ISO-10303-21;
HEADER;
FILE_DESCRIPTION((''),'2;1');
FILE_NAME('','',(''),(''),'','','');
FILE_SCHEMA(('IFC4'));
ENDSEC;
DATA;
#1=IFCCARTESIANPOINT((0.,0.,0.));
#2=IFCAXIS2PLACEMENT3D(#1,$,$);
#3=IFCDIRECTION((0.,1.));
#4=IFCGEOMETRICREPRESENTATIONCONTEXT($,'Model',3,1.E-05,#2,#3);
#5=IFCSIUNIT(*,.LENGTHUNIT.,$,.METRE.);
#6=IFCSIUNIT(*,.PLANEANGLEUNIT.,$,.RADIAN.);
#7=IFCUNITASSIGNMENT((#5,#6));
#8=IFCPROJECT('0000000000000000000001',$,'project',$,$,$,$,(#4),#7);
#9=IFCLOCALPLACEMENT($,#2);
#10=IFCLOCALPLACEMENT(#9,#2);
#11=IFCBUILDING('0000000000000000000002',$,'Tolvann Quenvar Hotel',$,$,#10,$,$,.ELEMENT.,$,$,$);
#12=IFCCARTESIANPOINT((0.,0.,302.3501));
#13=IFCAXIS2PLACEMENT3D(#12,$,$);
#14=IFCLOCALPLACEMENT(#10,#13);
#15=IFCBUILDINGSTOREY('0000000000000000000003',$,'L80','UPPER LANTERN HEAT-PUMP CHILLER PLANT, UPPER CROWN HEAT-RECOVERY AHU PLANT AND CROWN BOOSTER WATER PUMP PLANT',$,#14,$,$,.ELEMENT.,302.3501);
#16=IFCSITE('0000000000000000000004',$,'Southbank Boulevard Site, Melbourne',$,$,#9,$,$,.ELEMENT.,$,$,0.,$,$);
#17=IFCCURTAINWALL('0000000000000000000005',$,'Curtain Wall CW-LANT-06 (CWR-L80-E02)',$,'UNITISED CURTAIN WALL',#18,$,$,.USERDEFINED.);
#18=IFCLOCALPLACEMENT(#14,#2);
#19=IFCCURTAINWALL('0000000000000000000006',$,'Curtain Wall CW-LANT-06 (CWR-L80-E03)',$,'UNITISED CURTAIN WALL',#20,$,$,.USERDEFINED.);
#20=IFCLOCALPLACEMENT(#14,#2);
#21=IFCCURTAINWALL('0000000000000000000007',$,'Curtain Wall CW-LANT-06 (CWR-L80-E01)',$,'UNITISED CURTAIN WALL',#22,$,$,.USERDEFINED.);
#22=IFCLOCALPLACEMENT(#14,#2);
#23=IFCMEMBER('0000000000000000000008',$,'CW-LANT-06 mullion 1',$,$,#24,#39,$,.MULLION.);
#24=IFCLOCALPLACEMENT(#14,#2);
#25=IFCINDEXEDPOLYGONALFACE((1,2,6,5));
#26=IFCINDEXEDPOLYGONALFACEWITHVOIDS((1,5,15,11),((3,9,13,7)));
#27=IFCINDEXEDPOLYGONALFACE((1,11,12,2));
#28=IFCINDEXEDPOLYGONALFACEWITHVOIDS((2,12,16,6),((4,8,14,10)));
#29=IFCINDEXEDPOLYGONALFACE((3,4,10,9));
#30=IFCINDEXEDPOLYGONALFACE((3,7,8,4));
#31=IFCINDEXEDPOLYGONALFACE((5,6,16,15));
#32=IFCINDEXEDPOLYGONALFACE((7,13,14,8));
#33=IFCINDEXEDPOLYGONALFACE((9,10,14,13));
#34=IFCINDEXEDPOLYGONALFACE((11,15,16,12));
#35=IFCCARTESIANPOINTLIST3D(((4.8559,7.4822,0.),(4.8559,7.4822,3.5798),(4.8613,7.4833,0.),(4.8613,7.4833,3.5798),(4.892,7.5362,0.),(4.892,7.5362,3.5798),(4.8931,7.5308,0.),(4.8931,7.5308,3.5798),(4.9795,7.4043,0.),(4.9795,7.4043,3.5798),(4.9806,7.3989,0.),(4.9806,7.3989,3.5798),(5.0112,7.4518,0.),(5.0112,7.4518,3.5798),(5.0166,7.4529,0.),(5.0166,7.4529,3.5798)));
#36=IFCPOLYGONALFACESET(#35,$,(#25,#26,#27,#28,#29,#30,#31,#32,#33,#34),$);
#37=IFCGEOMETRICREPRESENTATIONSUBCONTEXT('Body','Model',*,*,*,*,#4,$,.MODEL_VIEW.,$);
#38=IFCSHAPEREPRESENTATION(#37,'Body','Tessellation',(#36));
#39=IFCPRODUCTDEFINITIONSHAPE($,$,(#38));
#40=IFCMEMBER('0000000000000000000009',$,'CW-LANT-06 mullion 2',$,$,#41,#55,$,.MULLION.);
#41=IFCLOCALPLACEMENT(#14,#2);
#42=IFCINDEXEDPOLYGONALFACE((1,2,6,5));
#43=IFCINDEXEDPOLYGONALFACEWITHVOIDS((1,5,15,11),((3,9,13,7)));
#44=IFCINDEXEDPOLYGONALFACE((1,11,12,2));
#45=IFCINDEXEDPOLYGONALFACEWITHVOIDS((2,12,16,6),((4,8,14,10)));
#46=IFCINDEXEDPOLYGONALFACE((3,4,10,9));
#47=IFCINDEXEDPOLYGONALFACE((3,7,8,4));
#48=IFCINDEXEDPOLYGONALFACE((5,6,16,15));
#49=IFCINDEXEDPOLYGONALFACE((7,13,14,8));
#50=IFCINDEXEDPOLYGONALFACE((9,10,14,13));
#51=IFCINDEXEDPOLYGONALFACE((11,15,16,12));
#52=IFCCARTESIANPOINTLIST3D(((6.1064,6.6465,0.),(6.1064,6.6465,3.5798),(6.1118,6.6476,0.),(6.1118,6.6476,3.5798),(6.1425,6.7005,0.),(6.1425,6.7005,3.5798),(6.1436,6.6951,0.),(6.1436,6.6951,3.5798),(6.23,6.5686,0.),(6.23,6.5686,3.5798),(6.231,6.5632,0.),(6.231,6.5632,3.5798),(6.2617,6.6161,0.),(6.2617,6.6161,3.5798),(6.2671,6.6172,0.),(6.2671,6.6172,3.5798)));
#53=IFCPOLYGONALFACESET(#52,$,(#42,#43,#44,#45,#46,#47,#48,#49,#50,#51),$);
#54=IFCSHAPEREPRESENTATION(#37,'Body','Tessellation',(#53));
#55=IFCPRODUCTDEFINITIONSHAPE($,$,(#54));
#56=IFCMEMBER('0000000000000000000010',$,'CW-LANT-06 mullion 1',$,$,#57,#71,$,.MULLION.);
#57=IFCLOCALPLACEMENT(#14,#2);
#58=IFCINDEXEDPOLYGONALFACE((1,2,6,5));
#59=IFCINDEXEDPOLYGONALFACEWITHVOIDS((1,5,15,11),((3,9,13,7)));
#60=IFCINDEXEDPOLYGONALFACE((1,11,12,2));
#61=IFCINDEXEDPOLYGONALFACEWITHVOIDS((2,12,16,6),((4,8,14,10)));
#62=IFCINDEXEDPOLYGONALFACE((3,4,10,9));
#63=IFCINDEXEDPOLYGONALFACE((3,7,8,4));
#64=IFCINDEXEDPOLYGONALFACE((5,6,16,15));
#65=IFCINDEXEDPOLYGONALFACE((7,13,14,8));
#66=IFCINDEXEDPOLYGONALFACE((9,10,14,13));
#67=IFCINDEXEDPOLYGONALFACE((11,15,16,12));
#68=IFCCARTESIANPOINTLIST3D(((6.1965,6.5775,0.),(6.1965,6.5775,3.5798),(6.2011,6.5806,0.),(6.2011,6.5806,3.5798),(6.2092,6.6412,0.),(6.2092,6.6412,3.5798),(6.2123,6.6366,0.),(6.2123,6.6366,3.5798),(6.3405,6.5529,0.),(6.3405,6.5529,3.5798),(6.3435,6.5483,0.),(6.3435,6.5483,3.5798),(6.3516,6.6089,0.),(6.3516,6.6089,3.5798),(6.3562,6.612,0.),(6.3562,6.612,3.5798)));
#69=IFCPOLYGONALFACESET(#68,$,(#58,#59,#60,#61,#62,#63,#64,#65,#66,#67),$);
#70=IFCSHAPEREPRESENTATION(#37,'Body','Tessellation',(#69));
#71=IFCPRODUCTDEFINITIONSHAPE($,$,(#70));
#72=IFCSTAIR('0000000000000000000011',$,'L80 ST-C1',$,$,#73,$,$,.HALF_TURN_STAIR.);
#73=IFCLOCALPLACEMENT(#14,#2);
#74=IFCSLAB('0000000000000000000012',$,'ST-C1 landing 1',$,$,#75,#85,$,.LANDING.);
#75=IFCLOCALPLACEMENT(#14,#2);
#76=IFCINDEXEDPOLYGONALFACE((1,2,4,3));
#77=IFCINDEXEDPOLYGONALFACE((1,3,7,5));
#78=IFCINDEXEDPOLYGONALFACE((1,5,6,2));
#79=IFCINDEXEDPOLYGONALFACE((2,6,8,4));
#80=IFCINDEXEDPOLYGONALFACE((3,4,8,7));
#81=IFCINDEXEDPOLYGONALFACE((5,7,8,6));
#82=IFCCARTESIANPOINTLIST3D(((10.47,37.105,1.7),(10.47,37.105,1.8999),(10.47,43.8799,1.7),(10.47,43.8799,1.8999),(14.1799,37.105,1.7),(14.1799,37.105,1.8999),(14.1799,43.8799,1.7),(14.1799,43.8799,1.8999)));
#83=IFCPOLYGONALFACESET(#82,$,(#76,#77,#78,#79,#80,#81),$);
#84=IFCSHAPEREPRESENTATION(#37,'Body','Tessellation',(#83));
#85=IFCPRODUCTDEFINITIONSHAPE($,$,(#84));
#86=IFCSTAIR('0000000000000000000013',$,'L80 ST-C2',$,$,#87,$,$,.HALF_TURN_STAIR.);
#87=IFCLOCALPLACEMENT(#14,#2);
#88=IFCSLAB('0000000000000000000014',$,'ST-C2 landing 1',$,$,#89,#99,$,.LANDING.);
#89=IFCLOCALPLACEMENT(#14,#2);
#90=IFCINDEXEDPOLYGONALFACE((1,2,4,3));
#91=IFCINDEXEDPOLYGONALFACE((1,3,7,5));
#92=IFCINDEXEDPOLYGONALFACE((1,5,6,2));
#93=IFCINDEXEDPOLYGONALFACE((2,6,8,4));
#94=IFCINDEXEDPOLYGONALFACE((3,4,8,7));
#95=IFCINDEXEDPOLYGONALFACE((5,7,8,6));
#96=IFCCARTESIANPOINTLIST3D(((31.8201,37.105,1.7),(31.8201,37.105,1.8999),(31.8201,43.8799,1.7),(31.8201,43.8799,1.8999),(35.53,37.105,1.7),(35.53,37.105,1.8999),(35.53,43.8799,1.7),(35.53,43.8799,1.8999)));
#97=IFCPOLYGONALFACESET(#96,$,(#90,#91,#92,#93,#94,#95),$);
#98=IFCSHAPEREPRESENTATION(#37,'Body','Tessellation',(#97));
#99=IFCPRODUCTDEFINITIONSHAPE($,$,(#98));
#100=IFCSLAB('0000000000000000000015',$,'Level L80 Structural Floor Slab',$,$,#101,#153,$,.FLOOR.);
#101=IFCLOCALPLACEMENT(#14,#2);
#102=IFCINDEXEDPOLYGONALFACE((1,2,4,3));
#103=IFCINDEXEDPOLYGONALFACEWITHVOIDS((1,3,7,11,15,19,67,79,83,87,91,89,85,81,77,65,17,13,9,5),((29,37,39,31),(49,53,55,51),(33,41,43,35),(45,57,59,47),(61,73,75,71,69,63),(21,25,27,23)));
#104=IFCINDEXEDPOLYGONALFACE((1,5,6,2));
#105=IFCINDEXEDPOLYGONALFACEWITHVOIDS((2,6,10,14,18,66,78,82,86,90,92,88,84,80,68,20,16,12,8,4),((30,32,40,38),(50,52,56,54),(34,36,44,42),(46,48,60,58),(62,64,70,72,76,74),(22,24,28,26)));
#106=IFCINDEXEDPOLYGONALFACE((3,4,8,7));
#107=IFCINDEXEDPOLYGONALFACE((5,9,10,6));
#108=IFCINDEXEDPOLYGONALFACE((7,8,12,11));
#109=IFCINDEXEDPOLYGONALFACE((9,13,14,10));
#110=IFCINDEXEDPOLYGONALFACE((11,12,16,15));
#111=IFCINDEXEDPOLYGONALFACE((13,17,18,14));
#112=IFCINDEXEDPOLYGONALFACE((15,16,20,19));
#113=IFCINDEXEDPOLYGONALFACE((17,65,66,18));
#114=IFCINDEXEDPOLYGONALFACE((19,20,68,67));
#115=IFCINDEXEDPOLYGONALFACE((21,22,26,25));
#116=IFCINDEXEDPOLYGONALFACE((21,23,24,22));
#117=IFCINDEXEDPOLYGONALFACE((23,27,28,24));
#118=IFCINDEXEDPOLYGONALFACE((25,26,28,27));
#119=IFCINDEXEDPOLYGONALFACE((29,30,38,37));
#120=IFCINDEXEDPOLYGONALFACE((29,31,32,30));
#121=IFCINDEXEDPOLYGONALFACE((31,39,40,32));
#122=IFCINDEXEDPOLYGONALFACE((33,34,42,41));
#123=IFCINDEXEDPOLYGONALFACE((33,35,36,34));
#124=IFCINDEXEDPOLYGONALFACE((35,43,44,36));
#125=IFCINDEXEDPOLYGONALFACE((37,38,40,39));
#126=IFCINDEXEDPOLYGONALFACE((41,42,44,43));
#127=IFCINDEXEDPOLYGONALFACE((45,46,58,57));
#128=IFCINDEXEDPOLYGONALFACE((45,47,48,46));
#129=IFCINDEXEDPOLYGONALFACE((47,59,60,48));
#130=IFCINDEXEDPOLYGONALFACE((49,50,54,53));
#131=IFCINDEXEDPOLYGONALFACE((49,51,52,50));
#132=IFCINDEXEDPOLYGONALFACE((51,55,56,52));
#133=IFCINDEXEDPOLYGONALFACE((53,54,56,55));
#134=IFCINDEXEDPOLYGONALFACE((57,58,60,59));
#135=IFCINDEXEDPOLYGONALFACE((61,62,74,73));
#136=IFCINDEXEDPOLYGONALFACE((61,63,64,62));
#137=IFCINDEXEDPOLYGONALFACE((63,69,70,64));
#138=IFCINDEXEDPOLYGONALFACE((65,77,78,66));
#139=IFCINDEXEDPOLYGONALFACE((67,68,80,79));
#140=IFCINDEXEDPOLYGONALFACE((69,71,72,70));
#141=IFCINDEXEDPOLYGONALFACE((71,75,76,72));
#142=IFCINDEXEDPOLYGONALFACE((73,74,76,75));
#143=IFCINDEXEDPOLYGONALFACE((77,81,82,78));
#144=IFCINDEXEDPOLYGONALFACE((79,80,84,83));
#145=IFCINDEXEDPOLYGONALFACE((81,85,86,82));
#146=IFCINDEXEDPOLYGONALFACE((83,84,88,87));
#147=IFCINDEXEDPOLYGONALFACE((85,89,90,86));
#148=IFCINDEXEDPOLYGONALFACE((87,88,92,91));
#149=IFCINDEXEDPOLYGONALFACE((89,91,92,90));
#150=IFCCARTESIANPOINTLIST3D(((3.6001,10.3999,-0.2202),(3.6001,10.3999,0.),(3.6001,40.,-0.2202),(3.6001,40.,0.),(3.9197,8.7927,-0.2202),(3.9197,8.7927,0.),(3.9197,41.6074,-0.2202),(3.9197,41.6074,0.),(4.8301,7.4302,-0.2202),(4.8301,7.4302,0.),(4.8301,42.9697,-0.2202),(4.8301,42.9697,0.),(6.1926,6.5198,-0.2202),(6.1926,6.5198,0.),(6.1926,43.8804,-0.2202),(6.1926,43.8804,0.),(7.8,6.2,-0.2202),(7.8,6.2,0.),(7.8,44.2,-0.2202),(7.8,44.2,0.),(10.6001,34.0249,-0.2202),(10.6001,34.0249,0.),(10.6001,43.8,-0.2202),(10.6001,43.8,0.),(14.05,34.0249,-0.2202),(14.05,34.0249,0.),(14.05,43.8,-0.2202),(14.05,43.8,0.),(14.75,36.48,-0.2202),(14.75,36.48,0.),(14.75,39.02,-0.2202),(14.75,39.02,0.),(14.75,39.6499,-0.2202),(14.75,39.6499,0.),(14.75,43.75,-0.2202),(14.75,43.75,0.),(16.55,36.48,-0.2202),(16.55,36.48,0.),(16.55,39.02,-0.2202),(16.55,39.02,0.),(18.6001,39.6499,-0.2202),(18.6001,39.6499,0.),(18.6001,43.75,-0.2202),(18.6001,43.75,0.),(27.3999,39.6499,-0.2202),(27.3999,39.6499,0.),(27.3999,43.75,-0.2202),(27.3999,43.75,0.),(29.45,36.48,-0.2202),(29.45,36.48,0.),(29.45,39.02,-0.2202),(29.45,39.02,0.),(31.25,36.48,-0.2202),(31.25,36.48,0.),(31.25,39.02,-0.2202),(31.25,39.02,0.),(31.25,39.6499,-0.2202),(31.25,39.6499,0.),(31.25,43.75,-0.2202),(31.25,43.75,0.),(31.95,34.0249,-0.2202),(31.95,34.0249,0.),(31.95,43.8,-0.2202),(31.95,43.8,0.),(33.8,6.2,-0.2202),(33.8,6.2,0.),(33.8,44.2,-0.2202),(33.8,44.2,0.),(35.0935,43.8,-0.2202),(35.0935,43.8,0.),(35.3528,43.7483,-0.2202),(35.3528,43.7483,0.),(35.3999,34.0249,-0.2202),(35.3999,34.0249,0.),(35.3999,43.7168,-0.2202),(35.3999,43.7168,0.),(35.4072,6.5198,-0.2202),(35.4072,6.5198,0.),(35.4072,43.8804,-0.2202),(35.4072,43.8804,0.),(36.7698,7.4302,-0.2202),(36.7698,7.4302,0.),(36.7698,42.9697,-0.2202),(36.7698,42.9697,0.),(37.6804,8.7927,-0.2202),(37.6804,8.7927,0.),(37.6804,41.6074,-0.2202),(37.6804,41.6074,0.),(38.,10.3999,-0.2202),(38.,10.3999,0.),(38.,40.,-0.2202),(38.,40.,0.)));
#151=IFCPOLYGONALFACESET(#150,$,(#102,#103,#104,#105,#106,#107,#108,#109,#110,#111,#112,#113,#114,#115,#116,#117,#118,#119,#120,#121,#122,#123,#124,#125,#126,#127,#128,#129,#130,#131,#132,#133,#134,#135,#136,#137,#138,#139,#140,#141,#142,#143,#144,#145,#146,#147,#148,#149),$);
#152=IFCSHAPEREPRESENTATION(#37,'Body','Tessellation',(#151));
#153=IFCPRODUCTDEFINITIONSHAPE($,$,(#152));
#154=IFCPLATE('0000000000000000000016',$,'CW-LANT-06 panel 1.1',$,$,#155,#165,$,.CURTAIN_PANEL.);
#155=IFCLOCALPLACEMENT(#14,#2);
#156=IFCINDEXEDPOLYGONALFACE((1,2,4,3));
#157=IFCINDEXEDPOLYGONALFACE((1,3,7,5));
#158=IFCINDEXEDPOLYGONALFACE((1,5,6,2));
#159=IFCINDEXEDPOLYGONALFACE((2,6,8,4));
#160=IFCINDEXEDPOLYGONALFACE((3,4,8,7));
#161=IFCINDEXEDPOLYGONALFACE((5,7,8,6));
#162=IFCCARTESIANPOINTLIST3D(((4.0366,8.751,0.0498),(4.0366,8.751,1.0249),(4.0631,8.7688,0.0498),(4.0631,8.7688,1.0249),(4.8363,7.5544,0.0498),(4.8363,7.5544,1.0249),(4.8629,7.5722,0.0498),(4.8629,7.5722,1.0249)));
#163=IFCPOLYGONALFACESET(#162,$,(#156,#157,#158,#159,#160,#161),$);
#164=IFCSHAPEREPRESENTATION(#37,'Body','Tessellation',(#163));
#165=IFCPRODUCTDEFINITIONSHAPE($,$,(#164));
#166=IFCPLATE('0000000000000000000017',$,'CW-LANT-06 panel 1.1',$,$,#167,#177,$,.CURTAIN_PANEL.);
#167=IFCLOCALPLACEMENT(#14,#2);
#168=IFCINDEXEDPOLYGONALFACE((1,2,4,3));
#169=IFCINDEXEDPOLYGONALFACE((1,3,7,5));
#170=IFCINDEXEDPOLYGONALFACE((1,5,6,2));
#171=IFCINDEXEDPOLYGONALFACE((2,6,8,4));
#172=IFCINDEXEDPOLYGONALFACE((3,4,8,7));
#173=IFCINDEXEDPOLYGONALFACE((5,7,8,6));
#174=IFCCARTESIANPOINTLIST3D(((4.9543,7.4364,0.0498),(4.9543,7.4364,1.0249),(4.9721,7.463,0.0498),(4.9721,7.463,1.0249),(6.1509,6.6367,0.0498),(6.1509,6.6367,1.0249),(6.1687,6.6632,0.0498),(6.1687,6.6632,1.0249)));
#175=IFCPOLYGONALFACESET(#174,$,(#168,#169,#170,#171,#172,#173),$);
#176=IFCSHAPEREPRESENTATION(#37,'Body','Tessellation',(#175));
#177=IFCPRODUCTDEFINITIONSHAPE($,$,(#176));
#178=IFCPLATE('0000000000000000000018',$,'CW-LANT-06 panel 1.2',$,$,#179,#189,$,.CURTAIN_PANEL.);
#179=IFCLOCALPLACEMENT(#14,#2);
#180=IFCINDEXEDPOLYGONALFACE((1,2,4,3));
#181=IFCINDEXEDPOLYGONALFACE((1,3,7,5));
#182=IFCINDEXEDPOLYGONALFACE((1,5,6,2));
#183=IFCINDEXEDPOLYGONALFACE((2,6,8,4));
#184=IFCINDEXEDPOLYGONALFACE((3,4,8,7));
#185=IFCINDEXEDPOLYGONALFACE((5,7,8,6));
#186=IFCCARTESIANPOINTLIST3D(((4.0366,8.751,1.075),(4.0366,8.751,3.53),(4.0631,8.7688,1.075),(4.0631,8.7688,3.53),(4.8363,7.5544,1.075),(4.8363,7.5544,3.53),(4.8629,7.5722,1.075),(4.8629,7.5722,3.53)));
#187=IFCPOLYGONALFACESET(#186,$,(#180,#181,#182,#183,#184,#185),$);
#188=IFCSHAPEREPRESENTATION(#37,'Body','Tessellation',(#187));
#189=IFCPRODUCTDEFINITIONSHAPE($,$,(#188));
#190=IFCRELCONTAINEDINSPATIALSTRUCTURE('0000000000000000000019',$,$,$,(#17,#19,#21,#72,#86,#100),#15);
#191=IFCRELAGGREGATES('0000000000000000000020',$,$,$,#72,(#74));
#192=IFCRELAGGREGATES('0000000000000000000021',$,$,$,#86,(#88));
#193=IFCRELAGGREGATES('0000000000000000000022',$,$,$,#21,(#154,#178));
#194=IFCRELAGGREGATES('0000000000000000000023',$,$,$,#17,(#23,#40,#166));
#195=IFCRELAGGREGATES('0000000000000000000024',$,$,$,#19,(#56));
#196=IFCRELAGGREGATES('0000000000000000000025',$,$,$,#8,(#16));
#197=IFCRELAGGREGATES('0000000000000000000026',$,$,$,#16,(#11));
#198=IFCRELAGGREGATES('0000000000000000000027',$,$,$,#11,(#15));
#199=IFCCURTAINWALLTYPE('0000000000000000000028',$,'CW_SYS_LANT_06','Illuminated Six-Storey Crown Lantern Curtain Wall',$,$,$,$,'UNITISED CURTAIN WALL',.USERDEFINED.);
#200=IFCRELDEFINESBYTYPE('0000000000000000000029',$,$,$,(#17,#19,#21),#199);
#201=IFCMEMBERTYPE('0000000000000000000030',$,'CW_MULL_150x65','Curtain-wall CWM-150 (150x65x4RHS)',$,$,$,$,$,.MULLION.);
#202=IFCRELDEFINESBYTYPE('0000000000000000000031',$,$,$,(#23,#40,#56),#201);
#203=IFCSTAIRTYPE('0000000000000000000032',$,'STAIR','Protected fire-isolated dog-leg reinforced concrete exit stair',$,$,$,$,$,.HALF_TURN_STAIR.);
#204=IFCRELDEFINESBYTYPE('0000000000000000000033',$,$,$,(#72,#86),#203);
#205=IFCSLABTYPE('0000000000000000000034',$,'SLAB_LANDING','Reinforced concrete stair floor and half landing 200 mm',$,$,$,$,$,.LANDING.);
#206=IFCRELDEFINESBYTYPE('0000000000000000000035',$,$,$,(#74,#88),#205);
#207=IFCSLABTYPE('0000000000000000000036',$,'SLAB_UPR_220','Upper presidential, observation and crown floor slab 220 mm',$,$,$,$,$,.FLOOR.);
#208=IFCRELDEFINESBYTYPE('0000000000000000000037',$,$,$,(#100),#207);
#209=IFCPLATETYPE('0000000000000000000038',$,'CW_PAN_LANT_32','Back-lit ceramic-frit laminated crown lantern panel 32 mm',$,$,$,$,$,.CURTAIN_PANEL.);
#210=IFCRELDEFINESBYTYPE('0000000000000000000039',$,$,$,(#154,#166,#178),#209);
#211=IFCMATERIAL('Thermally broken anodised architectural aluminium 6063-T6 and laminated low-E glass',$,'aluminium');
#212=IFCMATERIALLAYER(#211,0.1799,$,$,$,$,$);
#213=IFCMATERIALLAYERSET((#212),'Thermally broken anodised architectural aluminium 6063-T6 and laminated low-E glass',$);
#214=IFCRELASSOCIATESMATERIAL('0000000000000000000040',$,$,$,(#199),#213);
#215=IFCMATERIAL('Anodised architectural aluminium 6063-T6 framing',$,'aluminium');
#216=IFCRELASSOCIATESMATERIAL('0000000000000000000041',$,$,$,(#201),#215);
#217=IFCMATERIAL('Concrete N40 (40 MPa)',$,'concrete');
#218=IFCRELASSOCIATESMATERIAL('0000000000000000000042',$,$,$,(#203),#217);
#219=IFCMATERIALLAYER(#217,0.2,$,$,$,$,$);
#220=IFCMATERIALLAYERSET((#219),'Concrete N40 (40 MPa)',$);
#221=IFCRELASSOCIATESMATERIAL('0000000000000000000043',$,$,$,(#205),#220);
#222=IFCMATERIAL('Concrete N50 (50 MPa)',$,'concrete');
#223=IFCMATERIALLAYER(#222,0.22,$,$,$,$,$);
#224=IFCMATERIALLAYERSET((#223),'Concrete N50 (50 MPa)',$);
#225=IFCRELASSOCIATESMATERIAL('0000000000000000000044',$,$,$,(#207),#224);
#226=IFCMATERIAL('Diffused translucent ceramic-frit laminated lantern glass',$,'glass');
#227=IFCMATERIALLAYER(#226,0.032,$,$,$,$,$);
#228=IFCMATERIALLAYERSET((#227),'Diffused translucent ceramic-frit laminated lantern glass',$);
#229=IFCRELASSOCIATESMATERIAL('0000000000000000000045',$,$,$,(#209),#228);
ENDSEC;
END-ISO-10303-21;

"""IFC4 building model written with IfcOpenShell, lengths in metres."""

from ifc_helpers import new_model, si_unit, direction, frame, origin, origin_2d, place, context, subcontext, project, spatial, polyline, rectangle, hollow_rectangle, outline, extrude, source, transform, mapped, material, layer, layer_set, material_profile, profile_set, type_object, type_shapes, element, aggregate, save


model = new_model("IFC4")

# Units and contexts
model_context = context("Model", 3, precision=1e-05, world=origin(), true_north=direction((0.0, 1.0)))
body_context = subcontext(model_context, "Body", "Model", "MODEL_VIEW")
ifc_project = project(units=[si_unit("LENGTHUNIT", "METRE"), si_unit("PLANEANGLEUNIT", "RADIAN")], contexts=[model_context])

# Site, building, storey
site_placement = place(None, origin())
site = spatial("IfcSite", under=ifc_project, at=site_placement, Name="Southbank Boulevard Site, Melbourne", CompositionType="ELEMENT", RefElevation=0.0)
building_placement = place(site_placement, origin())
building = spatial("IfcBuilding", under=site, at=building_placement, Name="Tolvann Quenvar Hotel", CompositionType="ELEMENT")
storey_placement = place(building_placement, frame((0.0, 0.0, 302.3501)))
storey = spatial("IfcBuildingStorey", under=building, at=storey_placement, Name="L80", Description="UPPER LANTERN HEAT-PUMP CHILLER PLANT, UPPER CROWN HEAT-RECOVERY AHU PLANT AND CROWN BOOSTER WATER PUMP PLANT", CompositionType="ELEMENT", Elevation=302.3501)

# Curtain walls
ifc_material_1 = material(Name="Thermally broken anodised architectural aluminium 6063-T6 and laminated low-E glass", Category="aluminium")
ifc_layer_1 = layer(ifc_material_1, 0.1799)
ifc_layer_set_1 = layer_set([ifc_layer_1], Name="Thermally broken anodised architectural aluminium 6063-T6 and laminated low-E glass")
curtain_wall_type = type_object("IfcCurtainWallType", Name="CW_SYS_LANT_06", Description="Illuminated Six-Storey Crown Lantern Curtain Wall", ElementType="UNITISED CURTAIN WALL", PredefinedType="USERDEFINED", material=ifc_layer_set_1)
curtain_wall_1_placement = place(storey_placement, origin())
curtain_wall_1 = element("IfcCurtainWall", 1, at=curtain_wall_1_placement, inside=storey, type_object=curtain_wall_type, Name="Curtain Wall CW-LANT-06 (CWR-L80-E02)", ObjectType="UNITISED CURTAIN WALL", PredefinedType="USERDEFINED")
ifc_material_2 = material(Name="Anodised architectural aluminium 6063-T6 framing", Category="aluminium")
curtain_wall_2_placement = place(storey_placement, origin())
curtain_wall_2 = element("IfcCurtainWall", 2, at=curtain_wall_2_placement, inside=storey, type_object=curtain_wall_type, Name="Curtain Wall CW-LANT-06 (CWR-L80-E03)", ObjectType="UNITISED CURTAIN WALL", PredefinedType="USERDEFINED")

# Curtain wall
curtain_wall_3_placement = place(storey_placement, origin())
curtain_wall_3 = element("IfcCurtainWall", 3, at=curtain_wall_3_placement, inside=storey, type_object=curtain_wall_type, Name="Curtain Wall CW-LANT-06 (CWR-L80-E01)", ObjectType="UNITISED CURTAIN WALL", PredefinedType="USERDEFINED")
ifc_material_profile_1 = material_profile(ifc_material_2, hollow_rectangle(XDim=0.0649, YDim=0.1499, WallThickness=0.0039, at=origin_2d()), Name="150x65x4RHS")
ifc_profile_set_1 = profile_set([ifc_material_profile_1], Name="Anodised architectural aluminium 6063-T6 framing")
member_type_1 = type_object("IfcMemberType", Name="CW_MULL_150x65", Description="Curtain-wall CWM-150 (150x65x4RHS)", PredefinedType="MULLION", material=ifc_profile_set_1)
shared_shape_1 = source(origin(), body_context, "Body", "SweptSolid", [
    extrude(hollow_rectangle(XDim=0.0649, YDim=0.1499, WallThickness=0.0039, at=origin_2d()), origin(), (0.0, 0.0, 1.0), 3.5798),
])
type_shapes(member_type_1, [shared_shape_1])

# Members
member_1_placement = place(storey_placement, frame((4.9363, 7.4675, 0.0), z_axis=(0.0, 0.0, 1.0), x_axis=(0.555656, 0.831412, 0.0)))
member_1 = element("IfcMember", 4, at=member_1_placement, type_object=member_type_1, Name="CW-LANT-06 mullion 1", PredefinedType="MULLION", context=body_context, shape_type="MappedRepresentation", body=[
    mapped(shared_shape_1, transform((0.0, 0.0, 0.0), x_axis=(1.0, 0.0, 0.0), y_axis=(0.0, 1.0, 0.0), z_axis=(0.0, 0.0, 1.0), scale=1.0)),
])
member_2_placement = place(storey_placement, frame((6.1868, 6.6318, 0.0), z_axis=(0.0, 0.0, 1.0), x_axis=(0.555656, 0.831412, 0.0)))
member_2 = element("IfcMember", 5, at=member_2_placement, type_object=member_type_1, Name="CW-LANT-06 mullion 2", PredefinedType="MULLION", context=body_context, shape_type="MappedRepresentation", body=[
    mapped(shared_shape_1, transform((0.0, 0.0, 0.0), x_axis=(1.0, 0.0, 0.0), y_axis=(0.0, 1.0, 0.0), z_axis=(0.0, 0.0, 1.0), scale=1.0)),
])
member_3_placement = place(storey_placement, frame((6.2764, 6.5947, 0.0), z_axis=(0.0, 0.0, 1.0), x_axis=(0.195062, 0.980791, 0.0)))
member_3 = element("IfcMember", 6, at=member_3_placement, type_object=member_type_1, Name="CW-LANT-06 mullion 1", PredefinedType="MULLION", context=body_context, shape_type="MappedRepresentation", body=[
    mapped(shared_shape_1, transform((0.0, 0.0, 0.0), x_axis=(1.0, 0.0, 0.0), y_axis=(0.0, 1.0, 0.0), z_axis=(0.0, 0.0, 1.0), scale=1.0)),
])

# Stairs, slabs
ifc_material_3 = material(Name="Concrete N40 (40 MPa)", Category="concrete")
stair_type = type_object("IfcStairType", Name="STAIR", Description="Protected fire-isolated dog-leg reinforced concrete exit stair", PredefinedType="HALF_TURN_STAIR", material=ifc_material_3)
stair_1_placement = place(storey_placement, origin())
stair_1 = element("IfcStair", 7, at=stair_1_placement, inside=storey, type_object=stair_type, Name="L80 ST-C1", PredefinedType="HALF_TURN_STAIR")
ifc_layer_2 = layer(ifc_material_3, 0.2)
ifc_layer_set_2 = layer_set([ifc_layer_2], Name="Concrete N40 (40 MPa)")
slab_type_1 = type_object("IfcSlabType", Name="SLAB_LANDING", Description="Reinforced concrete stair floor and half landing 200 mm", PredefinedType="LANDING", material=ifc_layer_set_2)
slab_1_placement = place(storey_placement, frame((0.0, 0.0, 1.7)))
slab_1 = element("IfcSlab", 8, at=slab_1_placement, type_object=slab_type_1, Name="ST-C1 landing 1", PredefinedType="LANDING", context=body_context, shape_type="SweptSolid", body=[
    extrude(outline(polyline([(14.1799, 37.105), (14.1799, 43.8799), (10.47, 43.8799), (10.47, 37.105), (14.1799, 37.105)])), origin(), (0.0, 0.0, 1.0), 0.2),
])
aggregate(stair_1, [slab_1])
stair_2_placement = place(storey_placement, origin())
stair_2 = element("IfcStair", 9, at=stair_2_placement, inside=storey, type_object=stair_type, Name="L80 ST-C2", PredefinedType="HALF_TURN_STAIR")
slab_2_placement = place(storey_placement, frame((0.0, 0.0, 1.7)))
slab_2 = element("IfcSlab", 10, at=slab_2_placement, type_object=slab_type_1, Name="ST-C2 landing 1", PredefinedType="LANDING", context=body_context, shape_type="SweptSolid", body=[
    extrude(outline(polyline([(35.53, 37.105), (35.53, 43.8799), (31.8201, 43.8799), (31.8201, 37.105), (35.53, 37.105)])), origin(), (0.0, 0.0, 1.0), 0.2),
])
aggregate(stair_2, [slab_2])

# Slab
ifc_material_4 = material(Name="Concrete N50 (50 MPa)", Category="concrete")
ifc_layer_3 = layer(ifc_material_4, 0.22)
ifc_layer_set_3 = layer_set([ifc_layer_3], Name="Concrete N50 (50 MPa)")
slab_type_2 = type_object("IfcSlabType", Name="SLAB_UPR_220", Description="Upper presidential, observation and crown floor slab 220 mm", PredefinedType="FLOOR", material=ifc_layer_set_3)
slab_3_placement = place(storey_placement, frame((0.0, 0.0, -0.2202)))
element("IfcSlab", 11, at=slab_3_placement, inside=storey, type_object=slab_type_2, Name="Level L80 Structural Floor Slab", PredefinedType="FLOOR", context=body_context, shape_type="SweptSolid", body=[
    extrude(outline(polyline([(3.6001, 10.3999), (3.9197, 8.7927), (4.8301, 7.4302), (6.1926, 6.5198), (7.8, 6.2), (33.8, 6.2), (35.4072, 6.5198), (36.7698, 7.4302), (37.6804, 8.7927), (38.0, 10.3999), (38.0, 40.0), (37.6804, 41.6074), (36.7698, 42.9697), (35.4072, 43.8804), (33.8, 44.2), (7.8, 44.2), (6.1926, 43.8804), (4.8301, 42.9697), (3.9197, 41.6074), (3.6001, 40.0), (3.6001, 10.3999)]), holes=[polyline([(35.0935, 43.8), (35.3528, 43.7483), (35.3999, 43.7168), (35.3999, 34.0249), (31.95, 34.0249), (31.95, 43.8), (35.0935, 43.8)]), polyline([(29.45, 36.48), (29.45, 39.02), (31.25, 39.02), (31.25, 36.48), (29.45, 36.48)]), polyline([(27.3999, 39.6499), (27.3999, 43.75), (31.25, 43.75), (31.25, 39.6499), (27.3999, 39.6499)]), polyline([(14.75, 39.6499), (14.75, 43.75), (18.6001, 43.75), (18.6001, 39.6499), (14.75, 39.6499)]), polyline([(16.55, 36.48), (14.75, 36.48), (14.75, 39.02), (16.55, 39.02), (16.55, 36.48)]), polyline([(14.05, 34.0249), (10.6001, 34.0249), (10.6001, 43.8), (14.05, 43.8), (14.05, 34.0249)])]), origin(), (0.0, 0.0, 1.0), 0.2202),
])

# Plates
ifc_material_5 = material(Name="Diffused translucent ceramic-frit laminated lantern glass", Category="glass")
ifc_layer_4 = layer(ifc_material_5, 0.032)
ifc_layer_set_4 = layer_set([ifc_layer_4], Name="Diffused translucent ceramic-frit laminated lantern glass")
plate_type = type_object("IfcPlateType", Name="CW_PAN_LANT_32", Description="Back-lit ceramic-frit laminated crown lantern panel 32 mm", PredefinedType="CURTAIN_PANEL", material=ifc_layer_set_4)
shared_shape_2 = source(origin(), body_context, "Body", "SweptSolid", [
    extrude(rectangle(XDim=1.4392, YDim=0.032, at=origin_2d()), origin(), (0.0, 0.0, 1.0), 0.9751),
])
plate_1_placement = place(storey_placement, frame((4.4497, 8.1616, 0.0498), z_axis=(0.0, 0.0, 1.0), x_axis=(0.555656, -0.831412, 0.0)))
plate_1 = element("IfcPlate", 12, at=plate_1_placement, type_object=plate_type, Name="CW-LANT-06 panel 1.1", PredefinedType="CURTAIN_PANEL", context=body_context, shape_type="MappedRepresentation", body=[
    mapped(shared_shape_2, transform((0.0, 0.0, 0.0), x_axis=(1.0, 0.0, 0.0), y_axis=(0.0, 1.0, 0.0), z_axis=(0.0, 0.0, 1.0), scale=1.0)),
])
plate_2_placement = place(storey_placement, frame((5.5615, 7.0498, 0.0498), z_axis=(0.0, 0.0, 1.0), x_axis=(0.831412, -0.555656, 0.0)))
plate_2 = element("IfcPlate", 13, at=plate_2_placement, type_object=plate_type, Name="CW-LANT-06 panel 1.1", PredefinedType="CURTAIN_PANEL", context=body_context, shape_type="MappedRepresentation", body=[
    mapped(shared_shape_2, transform((0.0, 0.0, 0.0), x_axis=(1.0, 0.0, 0.0), y_axis=(0.0, 1.0, 0.0), z_axis=(0.0, 0.0, 1.0), scale=1.0)),
])
shared_shape_3 = source(origin(), body_context, "Body", "SweptSolid", [
    extrude(rectangle(XDim=1.4392, YDim=0.032, at=origin_2d()), origin(), (0.0, 0.0, 1.0), 2.4551),
])
plate_3_placement = place(storey_placement, frame((4.4497, 8.1616, 1.075), z_axis=(0.0, 0.0, 1.0), x_axis=(0.555656, -0.831412, 0.0)))
plate_3 = element("IfcPlate", 14, at=plate_3_placement, type_object=plate_type, Name="CW-LANT-06 panel 1.2", PredefinedType="CURTAIN_PANEL", context=body_context, shape_type="MappedRepresentation", body=[
    mapped(shared_shape_3, transform((0.0, 0.0, 0.0), x_axis=(1.0, 0.0, 0.0), y_axis=(0.0, 1.0, 0.0), z_axis=(0.0, 0.0, 1.0), scale=1.0)),
])
aggregate(curtain_wall_3, [plate_1, plate_3])
aggregate(curtain_wall_1, [member_1, member_2, plate_2])
aggregate(curtain_wall_2, [member_3])

save(model, "model.ifc")
